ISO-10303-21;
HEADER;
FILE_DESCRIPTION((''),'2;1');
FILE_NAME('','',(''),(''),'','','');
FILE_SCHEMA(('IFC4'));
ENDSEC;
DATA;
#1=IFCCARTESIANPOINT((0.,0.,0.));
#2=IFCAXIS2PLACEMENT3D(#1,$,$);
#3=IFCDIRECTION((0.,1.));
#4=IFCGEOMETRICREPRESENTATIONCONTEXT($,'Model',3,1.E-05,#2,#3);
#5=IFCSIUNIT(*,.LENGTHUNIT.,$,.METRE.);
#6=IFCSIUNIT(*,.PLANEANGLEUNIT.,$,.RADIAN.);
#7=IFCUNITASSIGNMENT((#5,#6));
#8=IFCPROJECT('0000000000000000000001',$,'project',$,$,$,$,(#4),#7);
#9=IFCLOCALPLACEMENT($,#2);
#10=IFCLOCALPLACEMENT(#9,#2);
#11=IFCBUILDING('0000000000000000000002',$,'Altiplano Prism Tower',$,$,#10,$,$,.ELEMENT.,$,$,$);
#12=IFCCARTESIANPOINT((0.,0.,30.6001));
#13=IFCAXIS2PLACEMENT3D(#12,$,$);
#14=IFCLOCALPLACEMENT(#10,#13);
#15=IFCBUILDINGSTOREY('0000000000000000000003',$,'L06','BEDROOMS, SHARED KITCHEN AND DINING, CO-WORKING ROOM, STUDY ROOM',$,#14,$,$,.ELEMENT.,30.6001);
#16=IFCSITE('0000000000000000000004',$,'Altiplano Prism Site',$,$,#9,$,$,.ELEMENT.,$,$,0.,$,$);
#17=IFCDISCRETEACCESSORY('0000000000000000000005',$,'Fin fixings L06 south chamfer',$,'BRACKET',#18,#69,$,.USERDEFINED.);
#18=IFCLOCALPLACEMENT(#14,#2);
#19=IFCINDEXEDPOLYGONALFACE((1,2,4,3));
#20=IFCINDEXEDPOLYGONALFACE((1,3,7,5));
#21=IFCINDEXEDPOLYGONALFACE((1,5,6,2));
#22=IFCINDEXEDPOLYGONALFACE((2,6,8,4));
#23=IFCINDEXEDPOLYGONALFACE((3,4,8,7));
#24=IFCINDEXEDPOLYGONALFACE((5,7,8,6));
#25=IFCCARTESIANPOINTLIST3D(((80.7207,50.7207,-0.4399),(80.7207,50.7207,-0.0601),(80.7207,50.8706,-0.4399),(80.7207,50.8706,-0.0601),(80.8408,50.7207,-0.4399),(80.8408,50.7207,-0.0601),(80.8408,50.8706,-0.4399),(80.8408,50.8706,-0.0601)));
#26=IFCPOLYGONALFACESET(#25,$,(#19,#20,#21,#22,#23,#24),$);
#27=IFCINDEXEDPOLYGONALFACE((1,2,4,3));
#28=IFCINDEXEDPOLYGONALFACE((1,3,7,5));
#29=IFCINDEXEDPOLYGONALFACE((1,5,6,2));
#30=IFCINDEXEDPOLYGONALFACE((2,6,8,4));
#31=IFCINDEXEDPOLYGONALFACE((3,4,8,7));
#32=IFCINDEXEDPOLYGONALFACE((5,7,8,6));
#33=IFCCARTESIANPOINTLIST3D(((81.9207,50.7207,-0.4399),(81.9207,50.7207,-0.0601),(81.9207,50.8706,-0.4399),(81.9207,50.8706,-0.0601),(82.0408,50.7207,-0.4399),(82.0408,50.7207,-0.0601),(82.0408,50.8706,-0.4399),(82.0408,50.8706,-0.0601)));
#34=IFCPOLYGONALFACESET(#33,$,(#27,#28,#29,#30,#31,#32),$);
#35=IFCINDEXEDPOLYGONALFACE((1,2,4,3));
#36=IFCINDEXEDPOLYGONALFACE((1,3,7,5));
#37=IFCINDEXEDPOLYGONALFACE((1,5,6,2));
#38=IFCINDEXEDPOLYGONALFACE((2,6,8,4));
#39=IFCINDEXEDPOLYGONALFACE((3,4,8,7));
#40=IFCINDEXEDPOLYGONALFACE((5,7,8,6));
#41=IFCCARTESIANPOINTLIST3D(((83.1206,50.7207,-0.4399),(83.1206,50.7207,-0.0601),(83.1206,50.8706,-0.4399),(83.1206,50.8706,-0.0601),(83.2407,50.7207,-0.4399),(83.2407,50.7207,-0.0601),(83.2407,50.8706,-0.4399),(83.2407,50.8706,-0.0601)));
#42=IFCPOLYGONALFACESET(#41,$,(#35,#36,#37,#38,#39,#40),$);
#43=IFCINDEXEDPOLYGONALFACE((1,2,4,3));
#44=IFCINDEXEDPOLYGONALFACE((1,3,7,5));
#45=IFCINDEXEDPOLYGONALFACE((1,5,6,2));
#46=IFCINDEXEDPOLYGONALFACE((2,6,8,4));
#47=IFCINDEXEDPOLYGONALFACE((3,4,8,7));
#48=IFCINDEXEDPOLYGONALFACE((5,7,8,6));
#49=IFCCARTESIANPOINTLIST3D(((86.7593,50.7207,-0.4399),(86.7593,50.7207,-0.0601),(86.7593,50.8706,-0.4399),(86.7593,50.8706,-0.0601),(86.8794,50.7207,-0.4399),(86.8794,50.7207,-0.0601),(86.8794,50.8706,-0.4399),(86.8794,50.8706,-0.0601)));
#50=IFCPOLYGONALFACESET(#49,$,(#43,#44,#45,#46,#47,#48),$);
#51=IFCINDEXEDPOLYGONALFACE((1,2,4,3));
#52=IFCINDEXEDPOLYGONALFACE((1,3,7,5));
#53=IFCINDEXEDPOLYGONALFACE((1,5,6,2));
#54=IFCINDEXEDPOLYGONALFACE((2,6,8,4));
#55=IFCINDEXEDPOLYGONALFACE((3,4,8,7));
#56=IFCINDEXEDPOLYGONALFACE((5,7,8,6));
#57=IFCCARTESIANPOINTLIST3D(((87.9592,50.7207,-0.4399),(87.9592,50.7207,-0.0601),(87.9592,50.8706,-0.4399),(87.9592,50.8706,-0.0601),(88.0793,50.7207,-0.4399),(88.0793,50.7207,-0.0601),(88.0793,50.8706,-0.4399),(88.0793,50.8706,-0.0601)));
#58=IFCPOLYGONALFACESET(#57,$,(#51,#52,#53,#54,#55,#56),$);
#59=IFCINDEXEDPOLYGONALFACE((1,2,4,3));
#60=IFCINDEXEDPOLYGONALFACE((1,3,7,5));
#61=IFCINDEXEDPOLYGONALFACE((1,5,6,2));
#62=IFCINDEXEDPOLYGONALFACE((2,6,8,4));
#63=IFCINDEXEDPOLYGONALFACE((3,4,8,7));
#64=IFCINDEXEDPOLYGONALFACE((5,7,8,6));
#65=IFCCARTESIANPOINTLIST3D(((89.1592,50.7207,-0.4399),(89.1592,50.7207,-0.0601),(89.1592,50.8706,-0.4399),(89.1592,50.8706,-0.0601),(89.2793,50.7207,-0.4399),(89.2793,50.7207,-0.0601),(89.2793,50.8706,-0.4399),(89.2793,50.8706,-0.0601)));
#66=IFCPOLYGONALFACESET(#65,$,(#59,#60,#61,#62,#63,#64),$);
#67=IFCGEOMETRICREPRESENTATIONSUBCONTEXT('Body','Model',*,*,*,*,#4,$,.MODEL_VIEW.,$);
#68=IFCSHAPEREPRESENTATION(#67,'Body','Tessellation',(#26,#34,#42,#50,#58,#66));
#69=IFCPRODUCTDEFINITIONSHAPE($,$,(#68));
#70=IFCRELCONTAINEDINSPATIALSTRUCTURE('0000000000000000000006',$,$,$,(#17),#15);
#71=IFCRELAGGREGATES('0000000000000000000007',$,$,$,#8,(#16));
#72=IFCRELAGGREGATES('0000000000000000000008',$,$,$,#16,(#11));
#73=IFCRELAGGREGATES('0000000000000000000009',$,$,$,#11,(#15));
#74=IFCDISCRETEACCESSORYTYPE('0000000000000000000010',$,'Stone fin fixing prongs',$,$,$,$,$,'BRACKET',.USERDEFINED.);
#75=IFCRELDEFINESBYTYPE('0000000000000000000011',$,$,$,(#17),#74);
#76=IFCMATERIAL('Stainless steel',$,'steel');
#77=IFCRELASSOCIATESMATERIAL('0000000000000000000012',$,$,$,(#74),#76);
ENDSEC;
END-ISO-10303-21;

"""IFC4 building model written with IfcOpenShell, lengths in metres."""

from ifc_helpers import new_model, si_unit, direction, frame, origin, place, context, subcontext, project, spatial, polyline, outline, extrude, source, transform, mapped, material, type_object, element, save


model = new_model("IFC4")

# Units and contexts
model_context = context("Model", 3, precision=1e-05, world=origin(), true_north=direction((0.0, 1.0)))
body_context = subcontext(model_context, "Body", "Model", "MODEL_VIEW")
ifc_project = project(units=[si_unit("LENGTHUNIT", "METRE"), si_unit("PLANEANGLEUNIT", "RADIAN")], contexts=[model_context])

# Site, building, storey
site_placement = place(None, origin())
site = spatial("IfcSite", under=ifc_project, at=site_placement, Name="Altiplano Prism Site", CompositionType="ELEMENT", RefElevation=0.0)
building_placement = place(site_placement, origin())
building = spatial("IfcBuilding", under=site, at=building_placement, Name="Altiplano Prism Tower", CompositionType="ELEMENT")
storey_placement = place(building_placement, frame((0.0, 0.0, 30.6001)))
storey = spatial("IfcBuildingStorey", under=building, at=storey_placement, Name="L06", Description="BEDROOMS, SHARED KITCHEN AND DINING, CO-WORKING ROOM, STUDY ROOM", CompositionType="ELEMENT", Elevation=30.6001)

# Discrete accessory
ifc_material_1 = material(Name="Stainless steel", Category="steel")
discrete_accessory_type = type_object("IfcDiscreteAccessoryType", Name="Stone fin fixing prongs", ElementType="BRACKET", PredefinedType="USERDEFINED", material=ifc_material_1)
shared_shape_1 = source(origin(), body_context, "Body", "SweptSolid", [
    extrude(outline(polyline([(-4.2793, 0.0601), (-4.1592, 0.0601), (-4.1592, 0.4399), (-4.2793, 0.4399), (-4.2793, 0.0601)])), frame((0.0, 0.0, 0.0), z_axis=(0.0, -1.0, 0.0), x_axis=(1.0, 0.0, 0.0)), (0.0, 0.0, 1.0), 0.1499),
    extrude(outline(polyline([(-3.0793, 0.0601), (-2.9592, 0.0601), (-2.9592, 0.4399), (-3.0793, 0.4399), (-3.0793, 0.0601)])), frame((0.0, 0.0, 0.0), z_axis=(0.0, -1.0, 0.0), x_axis=(1.0, 0.0, 0.0)), (0.0, 0.0, 1.0), 0.1499),
    extrude(outline(polyline([(-1.8794, 0.0601), (-1.7593, 0.0601), (-1.7593, 0.4399), (-1.8794, 0.4399), (-1.8794, 0.0601)])), frame((0.0, 0.0, 0.0), z_axis=(0.0, -1.0, 0.0), x_axis=(1.0, 0.0, 0.0)), (0.0, 0.0, 1.0), 0.1499),
    extrude(outline(polyline([(1.7593, 0.0601), (1.8794, 0.0601), (1.8794, 0.4399), (1.7593, 0.4399), (1.7593, 0.0601)])), frame((0.0, 0.0, 0.0), z_axis=(0.0, -1.0, 0.0), x_axis=(1.0, 0.0, 0.0)), (0.0, 0.0, 1.0), 0.1499),
    extrude(outline(polyline([(2.9592, 0.0601), (3.0793, 0.0601), (3.0793, 0.4399), (2.9592, 0.4399), (2.9592, 0.0601)])), frame((0.0, 0.0, 0.0), z_axis=(0.0, -1.0, 0.0), x_axis=(1.0, 0.0, 0.0)), (0.0, 0.0, 1.0), 0.1499),
    extrude(outline(polyline([(4.1592, 0.0601), (4.2793, 0.0601), (4.2793, 0.4399), (4.1592, 0.4399), (4.1592, 0.0601)])), frame((0.0, 0.0, 0.0), z_axis=(0.0, -1.0, 0.0), x_axis=(1.0, 0.0, 0.0)), (0.0, 0.0, 1.0), 0.1499),
])
discrete_accessory_1_placement = place(storey_placement, origin())
element("IfcDiscreteAccessory", 1, at=discrete_accessory_1_placement, inside=storey, type_object=discrete_accessory_type, Name="Fin fixings L06 south chamfer", ObjectType="BRACKET", PredefinedType="USERDEFINED", context=body_context, shape_type="MappedRepresentation", body=[
    mapped(shared_shape_1, transform((85.0, 50.8706, -0.5), x_axis=(1.0, 0.0, 0.0), y_axis=(0.0, 1.0, 0.0), z_axis=(0.0, 0.0, 1.0))),
])

save(model, "model.ifc")
